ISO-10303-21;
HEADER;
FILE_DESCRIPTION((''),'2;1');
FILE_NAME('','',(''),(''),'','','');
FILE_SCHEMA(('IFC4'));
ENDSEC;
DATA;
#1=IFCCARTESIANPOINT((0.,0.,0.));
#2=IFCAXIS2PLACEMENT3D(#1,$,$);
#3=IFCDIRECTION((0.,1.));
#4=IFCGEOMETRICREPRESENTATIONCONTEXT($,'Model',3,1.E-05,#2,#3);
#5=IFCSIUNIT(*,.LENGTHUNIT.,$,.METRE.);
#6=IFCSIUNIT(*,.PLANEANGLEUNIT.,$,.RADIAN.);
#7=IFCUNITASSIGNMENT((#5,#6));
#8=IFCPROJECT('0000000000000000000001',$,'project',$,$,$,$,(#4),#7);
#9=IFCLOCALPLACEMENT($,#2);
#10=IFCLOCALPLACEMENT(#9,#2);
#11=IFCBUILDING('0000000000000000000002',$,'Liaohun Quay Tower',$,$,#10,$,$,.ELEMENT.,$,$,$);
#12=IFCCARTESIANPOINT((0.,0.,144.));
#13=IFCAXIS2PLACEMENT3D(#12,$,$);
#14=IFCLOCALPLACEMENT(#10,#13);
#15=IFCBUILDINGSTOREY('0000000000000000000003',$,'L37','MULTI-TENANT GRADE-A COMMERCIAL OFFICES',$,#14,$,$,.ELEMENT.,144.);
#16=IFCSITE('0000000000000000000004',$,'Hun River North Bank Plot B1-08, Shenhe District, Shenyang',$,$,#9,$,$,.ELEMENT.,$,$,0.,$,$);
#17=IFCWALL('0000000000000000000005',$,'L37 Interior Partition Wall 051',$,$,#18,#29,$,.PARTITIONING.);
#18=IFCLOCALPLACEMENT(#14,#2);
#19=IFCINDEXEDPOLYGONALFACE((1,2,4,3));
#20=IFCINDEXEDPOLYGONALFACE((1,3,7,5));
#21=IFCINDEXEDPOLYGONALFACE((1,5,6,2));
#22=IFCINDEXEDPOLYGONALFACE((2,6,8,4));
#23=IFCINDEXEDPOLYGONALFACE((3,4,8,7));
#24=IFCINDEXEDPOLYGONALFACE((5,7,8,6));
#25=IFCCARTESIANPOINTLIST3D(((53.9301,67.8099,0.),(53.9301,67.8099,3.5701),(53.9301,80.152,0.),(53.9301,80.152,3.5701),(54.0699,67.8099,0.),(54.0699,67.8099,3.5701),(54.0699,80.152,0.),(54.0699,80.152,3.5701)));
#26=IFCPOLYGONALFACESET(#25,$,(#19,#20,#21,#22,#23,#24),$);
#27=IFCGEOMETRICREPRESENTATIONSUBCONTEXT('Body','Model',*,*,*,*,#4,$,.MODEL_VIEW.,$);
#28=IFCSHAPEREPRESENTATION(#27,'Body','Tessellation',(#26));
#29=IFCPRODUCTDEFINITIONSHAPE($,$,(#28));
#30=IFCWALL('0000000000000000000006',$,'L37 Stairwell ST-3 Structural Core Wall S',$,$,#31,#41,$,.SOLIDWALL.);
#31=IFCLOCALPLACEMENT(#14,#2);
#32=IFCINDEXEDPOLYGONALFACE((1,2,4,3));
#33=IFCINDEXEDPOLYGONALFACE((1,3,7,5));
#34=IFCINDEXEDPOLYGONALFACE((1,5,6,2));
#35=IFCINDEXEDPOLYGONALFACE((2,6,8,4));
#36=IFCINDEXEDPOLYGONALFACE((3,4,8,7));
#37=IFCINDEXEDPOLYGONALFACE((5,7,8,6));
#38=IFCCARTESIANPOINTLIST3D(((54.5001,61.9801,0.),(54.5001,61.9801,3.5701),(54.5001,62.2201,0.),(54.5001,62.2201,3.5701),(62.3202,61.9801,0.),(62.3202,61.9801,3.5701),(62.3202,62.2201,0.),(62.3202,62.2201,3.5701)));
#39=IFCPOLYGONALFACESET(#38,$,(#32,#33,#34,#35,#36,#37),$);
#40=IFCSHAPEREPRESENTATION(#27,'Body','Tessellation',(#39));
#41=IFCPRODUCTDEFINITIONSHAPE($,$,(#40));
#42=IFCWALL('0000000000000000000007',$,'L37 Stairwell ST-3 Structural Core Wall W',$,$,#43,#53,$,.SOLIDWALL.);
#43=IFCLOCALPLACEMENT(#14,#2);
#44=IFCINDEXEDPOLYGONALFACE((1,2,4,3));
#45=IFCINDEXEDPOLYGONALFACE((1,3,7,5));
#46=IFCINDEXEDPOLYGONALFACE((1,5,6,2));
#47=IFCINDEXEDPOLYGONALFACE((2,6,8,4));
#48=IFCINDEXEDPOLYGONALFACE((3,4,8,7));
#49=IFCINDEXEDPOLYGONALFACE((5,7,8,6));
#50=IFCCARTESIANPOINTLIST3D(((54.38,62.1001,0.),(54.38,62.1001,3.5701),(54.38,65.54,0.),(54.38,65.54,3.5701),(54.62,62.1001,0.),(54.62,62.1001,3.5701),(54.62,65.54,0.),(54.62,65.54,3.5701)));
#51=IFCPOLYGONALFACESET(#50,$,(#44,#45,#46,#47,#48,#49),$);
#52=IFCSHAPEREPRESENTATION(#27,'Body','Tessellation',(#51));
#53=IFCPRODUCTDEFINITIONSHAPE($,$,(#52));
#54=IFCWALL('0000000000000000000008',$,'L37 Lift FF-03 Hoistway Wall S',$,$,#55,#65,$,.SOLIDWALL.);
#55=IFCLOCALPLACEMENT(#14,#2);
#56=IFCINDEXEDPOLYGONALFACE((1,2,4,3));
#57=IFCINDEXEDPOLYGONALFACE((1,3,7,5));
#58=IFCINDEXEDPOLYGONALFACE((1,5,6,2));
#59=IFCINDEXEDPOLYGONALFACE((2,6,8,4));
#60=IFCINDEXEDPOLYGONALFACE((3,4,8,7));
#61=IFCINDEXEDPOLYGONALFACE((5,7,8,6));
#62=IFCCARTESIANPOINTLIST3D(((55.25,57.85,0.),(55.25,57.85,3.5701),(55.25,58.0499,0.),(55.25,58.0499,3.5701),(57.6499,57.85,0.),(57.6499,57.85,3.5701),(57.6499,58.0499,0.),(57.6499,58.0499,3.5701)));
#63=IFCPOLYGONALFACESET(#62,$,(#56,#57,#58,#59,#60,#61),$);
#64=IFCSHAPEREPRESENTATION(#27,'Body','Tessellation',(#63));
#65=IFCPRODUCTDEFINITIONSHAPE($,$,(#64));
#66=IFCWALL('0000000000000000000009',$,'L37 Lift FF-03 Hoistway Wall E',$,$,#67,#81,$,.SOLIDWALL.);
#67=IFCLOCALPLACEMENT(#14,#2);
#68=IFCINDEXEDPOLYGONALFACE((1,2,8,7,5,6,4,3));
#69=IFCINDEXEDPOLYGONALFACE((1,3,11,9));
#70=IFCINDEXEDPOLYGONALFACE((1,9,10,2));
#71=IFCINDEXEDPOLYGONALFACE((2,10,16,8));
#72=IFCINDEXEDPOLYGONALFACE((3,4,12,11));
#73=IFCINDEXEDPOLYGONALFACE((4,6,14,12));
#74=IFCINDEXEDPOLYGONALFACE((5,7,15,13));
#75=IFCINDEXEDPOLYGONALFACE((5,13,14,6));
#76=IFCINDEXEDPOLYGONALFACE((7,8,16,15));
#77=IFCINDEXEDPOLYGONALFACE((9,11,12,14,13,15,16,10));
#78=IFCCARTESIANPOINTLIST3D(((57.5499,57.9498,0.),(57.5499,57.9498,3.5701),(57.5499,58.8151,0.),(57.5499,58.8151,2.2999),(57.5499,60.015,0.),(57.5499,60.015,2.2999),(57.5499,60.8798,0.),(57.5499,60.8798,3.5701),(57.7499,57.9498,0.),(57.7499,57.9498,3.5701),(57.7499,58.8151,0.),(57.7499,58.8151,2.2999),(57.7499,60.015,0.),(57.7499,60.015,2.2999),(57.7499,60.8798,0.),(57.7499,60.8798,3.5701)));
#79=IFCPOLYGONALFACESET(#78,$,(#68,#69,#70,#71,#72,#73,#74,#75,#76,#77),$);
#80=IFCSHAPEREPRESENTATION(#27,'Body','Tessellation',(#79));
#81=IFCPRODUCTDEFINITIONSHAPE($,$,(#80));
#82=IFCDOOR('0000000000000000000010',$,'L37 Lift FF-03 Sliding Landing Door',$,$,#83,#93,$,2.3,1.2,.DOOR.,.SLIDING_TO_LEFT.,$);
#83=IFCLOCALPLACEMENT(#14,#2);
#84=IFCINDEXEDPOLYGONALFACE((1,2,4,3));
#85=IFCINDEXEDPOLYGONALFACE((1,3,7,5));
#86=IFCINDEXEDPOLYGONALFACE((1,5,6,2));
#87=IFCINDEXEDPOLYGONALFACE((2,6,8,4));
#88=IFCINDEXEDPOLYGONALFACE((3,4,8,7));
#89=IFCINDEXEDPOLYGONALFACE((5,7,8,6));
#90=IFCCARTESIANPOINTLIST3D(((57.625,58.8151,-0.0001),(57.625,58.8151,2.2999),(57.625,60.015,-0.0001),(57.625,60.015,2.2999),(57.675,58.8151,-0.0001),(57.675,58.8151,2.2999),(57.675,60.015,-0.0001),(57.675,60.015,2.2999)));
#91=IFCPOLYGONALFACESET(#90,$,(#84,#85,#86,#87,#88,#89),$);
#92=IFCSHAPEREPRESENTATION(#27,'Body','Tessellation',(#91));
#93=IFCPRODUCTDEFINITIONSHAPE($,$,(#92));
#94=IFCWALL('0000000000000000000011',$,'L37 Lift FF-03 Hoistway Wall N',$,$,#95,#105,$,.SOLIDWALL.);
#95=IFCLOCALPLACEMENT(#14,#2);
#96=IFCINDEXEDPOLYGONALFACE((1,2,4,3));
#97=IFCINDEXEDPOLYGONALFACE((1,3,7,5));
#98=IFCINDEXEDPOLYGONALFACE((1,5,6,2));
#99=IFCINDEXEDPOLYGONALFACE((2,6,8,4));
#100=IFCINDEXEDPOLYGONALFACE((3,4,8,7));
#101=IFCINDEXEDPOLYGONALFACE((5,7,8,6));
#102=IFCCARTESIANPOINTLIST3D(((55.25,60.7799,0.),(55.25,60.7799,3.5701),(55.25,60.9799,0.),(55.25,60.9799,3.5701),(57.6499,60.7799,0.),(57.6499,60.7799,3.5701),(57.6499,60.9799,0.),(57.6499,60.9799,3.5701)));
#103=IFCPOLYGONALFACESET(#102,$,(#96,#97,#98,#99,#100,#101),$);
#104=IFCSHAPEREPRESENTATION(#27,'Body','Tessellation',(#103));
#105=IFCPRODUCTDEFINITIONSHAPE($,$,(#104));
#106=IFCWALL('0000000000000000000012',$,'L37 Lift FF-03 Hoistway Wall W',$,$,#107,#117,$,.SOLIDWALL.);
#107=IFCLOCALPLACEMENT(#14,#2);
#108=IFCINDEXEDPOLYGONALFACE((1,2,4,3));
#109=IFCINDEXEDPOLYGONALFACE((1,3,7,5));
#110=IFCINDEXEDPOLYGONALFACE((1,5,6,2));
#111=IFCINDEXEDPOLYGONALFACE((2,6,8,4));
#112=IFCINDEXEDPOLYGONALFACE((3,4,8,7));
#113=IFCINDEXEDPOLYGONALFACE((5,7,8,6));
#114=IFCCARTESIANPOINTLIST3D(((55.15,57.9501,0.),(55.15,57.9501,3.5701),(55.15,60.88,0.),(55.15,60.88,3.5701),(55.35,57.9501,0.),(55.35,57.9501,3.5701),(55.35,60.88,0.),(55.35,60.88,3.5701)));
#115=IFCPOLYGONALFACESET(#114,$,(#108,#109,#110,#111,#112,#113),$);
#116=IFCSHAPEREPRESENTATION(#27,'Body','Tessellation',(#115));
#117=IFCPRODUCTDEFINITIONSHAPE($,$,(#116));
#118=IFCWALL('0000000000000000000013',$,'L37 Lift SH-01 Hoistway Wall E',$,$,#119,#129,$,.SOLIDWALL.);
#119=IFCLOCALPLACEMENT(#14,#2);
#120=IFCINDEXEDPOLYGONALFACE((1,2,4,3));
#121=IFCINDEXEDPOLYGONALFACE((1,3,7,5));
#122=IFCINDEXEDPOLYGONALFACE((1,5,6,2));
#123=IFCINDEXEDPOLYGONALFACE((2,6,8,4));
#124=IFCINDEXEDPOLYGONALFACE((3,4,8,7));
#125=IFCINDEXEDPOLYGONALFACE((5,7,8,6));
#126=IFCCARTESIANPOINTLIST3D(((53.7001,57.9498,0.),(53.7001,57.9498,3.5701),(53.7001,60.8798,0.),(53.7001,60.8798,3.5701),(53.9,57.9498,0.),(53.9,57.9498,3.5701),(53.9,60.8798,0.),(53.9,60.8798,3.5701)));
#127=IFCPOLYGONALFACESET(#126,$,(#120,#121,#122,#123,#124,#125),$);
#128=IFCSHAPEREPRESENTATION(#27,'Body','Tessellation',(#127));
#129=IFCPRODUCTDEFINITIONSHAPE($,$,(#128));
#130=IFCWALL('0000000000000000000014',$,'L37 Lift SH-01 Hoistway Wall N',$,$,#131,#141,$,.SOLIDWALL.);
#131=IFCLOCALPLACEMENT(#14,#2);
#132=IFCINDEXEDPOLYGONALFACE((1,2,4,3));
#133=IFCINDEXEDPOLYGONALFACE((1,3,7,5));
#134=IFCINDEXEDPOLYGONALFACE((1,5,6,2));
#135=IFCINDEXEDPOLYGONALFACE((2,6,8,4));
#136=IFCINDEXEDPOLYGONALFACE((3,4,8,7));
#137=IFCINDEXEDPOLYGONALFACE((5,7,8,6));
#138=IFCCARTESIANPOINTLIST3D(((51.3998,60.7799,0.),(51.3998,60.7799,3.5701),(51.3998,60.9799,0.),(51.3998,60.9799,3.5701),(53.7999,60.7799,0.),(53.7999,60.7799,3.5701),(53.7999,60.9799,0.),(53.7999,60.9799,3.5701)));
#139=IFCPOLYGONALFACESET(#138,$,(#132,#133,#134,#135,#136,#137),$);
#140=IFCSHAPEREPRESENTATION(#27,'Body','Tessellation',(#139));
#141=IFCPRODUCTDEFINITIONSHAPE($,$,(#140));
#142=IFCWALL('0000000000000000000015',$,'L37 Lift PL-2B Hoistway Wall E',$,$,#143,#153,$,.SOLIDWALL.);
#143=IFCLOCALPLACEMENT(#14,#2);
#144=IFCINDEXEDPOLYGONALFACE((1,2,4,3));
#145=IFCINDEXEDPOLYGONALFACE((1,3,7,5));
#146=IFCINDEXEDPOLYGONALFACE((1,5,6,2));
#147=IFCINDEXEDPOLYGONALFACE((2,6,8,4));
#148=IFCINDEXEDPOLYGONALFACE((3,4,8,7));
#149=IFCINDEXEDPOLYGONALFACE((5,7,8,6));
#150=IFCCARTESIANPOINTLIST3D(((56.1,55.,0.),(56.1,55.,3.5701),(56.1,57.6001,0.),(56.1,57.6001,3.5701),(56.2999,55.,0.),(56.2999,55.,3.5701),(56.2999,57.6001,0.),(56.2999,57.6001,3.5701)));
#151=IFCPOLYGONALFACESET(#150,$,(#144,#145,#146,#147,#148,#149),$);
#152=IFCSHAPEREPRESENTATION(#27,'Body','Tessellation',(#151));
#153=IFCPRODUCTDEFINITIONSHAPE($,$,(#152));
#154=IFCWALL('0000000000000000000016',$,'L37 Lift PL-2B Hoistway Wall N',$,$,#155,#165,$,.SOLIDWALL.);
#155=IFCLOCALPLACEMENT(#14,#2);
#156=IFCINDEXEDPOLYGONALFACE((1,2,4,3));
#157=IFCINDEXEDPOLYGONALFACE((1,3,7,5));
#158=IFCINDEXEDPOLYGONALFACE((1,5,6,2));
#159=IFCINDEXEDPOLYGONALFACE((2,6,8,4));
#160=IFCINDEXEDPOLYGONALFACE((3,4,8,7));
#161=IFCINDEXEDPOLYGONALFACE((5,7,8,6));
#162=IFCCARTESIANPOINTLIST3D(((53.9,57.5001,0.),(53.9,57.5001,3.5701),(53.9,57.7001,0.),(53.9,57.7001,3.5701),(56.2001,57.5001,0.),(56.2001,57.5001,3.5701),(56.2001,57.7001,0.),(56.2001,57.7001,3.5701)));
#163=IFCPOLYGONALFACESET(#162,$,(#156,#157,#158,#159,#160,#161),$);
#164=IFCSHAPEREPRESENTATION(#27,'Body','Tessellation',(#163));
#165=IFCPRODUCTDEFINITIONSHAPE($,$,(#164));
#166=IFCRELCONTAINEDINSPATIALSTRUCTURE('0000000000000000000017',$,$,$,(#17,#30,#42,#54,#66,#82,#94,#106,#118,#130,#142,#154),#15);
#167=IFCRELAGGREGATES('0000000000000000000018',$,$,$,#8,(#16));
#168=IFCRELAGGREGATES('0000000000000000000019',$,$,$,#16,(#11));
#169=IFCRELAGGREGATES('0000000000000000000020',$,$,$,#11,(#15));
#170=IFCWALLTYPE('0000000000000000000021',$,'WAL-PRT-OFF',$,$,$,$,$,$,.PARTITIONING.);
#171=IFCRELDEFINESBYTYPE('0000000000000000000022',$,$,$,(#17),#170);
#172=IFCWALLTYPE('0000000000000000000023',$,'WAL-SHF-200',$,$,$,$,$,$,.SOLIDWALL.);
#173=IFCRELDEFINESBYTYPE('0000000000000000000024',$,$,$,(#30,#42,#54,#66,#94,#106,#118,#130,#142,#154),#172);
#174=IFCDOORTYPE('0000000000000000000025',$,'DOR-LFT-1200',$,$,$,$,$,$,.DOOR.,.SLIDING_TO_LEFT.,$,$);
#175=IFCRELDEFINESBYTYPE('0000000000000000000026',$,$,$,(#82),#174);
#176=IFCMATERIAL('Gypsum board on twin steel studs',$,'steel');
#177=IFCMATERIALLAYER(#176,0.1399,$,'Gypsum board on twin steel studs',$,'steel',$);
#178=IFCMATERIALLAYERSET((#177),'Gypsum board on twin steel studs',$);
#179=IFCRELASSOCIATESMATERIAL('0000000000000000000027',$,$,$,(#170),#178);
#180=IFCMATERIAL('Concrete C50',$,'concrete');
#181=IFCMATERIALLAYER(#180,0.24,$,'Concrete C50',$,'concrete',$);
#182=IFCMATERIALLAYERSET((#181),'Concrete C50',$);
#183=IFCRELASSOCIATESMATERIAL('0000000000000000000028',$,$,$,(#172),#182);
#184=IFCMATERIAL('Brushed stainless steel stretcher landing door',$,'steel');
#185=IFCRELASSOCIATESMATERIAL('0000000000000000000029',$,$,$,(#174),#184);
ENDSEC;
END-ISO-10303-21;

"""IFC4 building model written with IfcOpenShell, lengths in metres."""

from ifc_helpers import new_model, si_unit, direction, frame, frame_2d, origin, place, context, subcontext, project, spatial, rectangle, extrude, source, transform, mapped, material, layer, layer_set, type_object, element, fill, save


model = new_model("IFC4")

# Units and contexts
model_context = context("Model", 3, precision=1e-05, world=origin(), true_north=direction((0.0, 1.0)))
body_context = subcontext(model_context, "Body", "Model", "MODEL_VIEW")
ifc_project = project(units=[si_unit("LENGTHUNIT", "METRE"), si_unit("PLANEANGLEUNIT", "RADIAN")], contexts=[model_context])

# Site, building, storey
site_placement = place(None, origin())
site = spatial("IfcSite", under=ifc_project, at=site_placement, Name="Hun River North Bank Plot B1-08, Shenhe District, Shenyang", CompositionType="ELEMENT", RefElevation=0.0)
building_placement = place(site_placement, origin())
building = spatial("IfcBuilding", under=site, at=building_placement, Name="Liaohun Quay Tower", CompositionType="ELEMENT")
storey_placement = place(building_placement, frame((0.0, 0.0, 144.0)))
storey = spatial("IfcBuildingStorey", under=building, at=storey_placement, Name="L37", Description="MULTI-TENANT GRADE-A COMMERCIAL OFFICES", CompositionType="ELEMENT", Elevation=144.0)

# Walls
ifc_material_1 = material(Name="Gypsum board on twin steel studs", Category="steel")
ifc_layer_1 = layer(ifc_material_1, 0.1399, Name="Gypsum board on twin steel studs", Category="steel")
ifc_layer_set_1 = layer_set([ifc_layer_1], Name="Gypsum board on twin steel studs")
wall_type_1 = type_object("IfcWallType", Name="WAL-PRT-OFF", PredefinedType="PARTITIONING", material=ifc_layer_set_1)
wall_1_placement = place(storey_placement, frame((54.0, 67.8101, 0.0), z_axis=(0.0, 0.0, 1.0), x_axis=(0.0, 1.0, 0.0)))
element("IfcWall", 1, at=wall_1_placement, inside=storey, type_object=wall_type_1, Name="L37 Interior Partition Wall 051", PredefinedType="PARTITIONING", context=body_context, shape_type="SweptSolid", body=[
    extrude(rectangle(XDim=12.342, YDim=0.1399, at=frame_2d((6.1709, 0.0))), origin(), (0.0, 0.0, 1.0), 3.5701),
])
ifc_material_2 = material(Name="Concrete C50", Category="concrete")
ifc_layer_2 = layer(ifc_material_2, 0.24, Name="Concrete C50", Category="concrete")
ifc_layer_set_2 = layer_set([ifc_layer_2], Name="Concrete C50")
wall_type_2 = type_object("IfcWallType", Name="WAL-SHF-200", PredefinedType="SOLIDWALL", material=ifc_layer_set_2)
wall_2_placement = place(storey_placement, frame((54.5, 62.1001, 0.0), z_axis=(0.0, 0.0, 1.0), x_axis=(1.0, 0.0, 0.0)))
element("IfcWall", 2, at=wall_2_placement, inside=storey, type_object=wall_type_2, Name="L37 Stairwell ST-3 Structural Core Wall S", PredefinedType="SOLIDWALL", context=body_context, shape_type="SweptSolid", body=[
    extrude(rectangle(XDim=7.8201, YDim=0.24, at=frame_2d((3.9102, 0.0))), origin(), (0.0, 0.0, 1.0), 3.5701),
])
wall_3_placement = place(storey_placement, frame((54.5, 65.54, 0.0), z_axis=(0.0, 0.0, 1.0), x_axis=(0.0, -1.0, 0.0)))
element("IfcWall", 3, at=wall_3_placement, inside=storey, type_object=wall_type_2, Name="L37 Stairwell ST-3 Structural Core Wall W", PredefinedType="SOLIDWALL", context=body_context, shape_type="SweptSolid", body=[
    extrude(rectangle(XDim=3.4399, YDim=0.24, at=frame_2d((1.72, 0.0))), origin(), (0.0, 0.0, 1.0), 3.5701),
])
wall_4_placement = place(storey_placement, frame((55.25, 57.95, 0.0), z_axis=(0.0, 0.0, 1.0), x_axis=(1.0, 0.0, 0.0)))
element("IfcWall", 4, at=wall_4_placement, inside=storey, type_object=wall_type_2, Name="L37 Lift FF-03 Hoistway Wall S", PredefinedType="SOLIDWALL", context=body_context, shape_type="SweptSolid", body=[
    extrude(rectangle(XDim=2.3999, YDim=0.2, at=frame_2d((1.2, 0.0))), origin(), (0.0, 0.0, 1.0), 3.5701),
])

# Wall, opening, door
wall_5_placement = place(storey_placement, frame((57.6499, 57.95, 0.0), z_axis=(0.0, 0.0, 1.0), x_axis=(0.0, 1.0, 0.0)))
wall_5 = element("IfcWall", 5, at=wall_5_placement, inside=storey, type_object=wall_type_2, Name="L37 Lift FF-03 Hoistway Wall E", PredefinedType="SOLIDWALL", context=body_context, shape_type="SweptSolid", body=[
    extrude(rectangle(XDim=2.9299, YDim=0.2, at=frame_2d((1.4648, 0.0))), origin(), (0.0, 0.0, 1.0), 3.5701),
])
shared_shape_1 = source(origin(), body_context, "Body", "SweptSolid", [
    extrude(rectangle(XDim=1.2, YDim=2.3, at=frame_2d((0.6001, 1.1499))), frame((0.0, 0.1099, 0.0), z_axis=(0.0, -1.0, 0.0), x_axis=(1.0, 0.0, 0.0)), (0.0, 0.0, 1.0), 0.22),
])
opening_1_placement = place(wall_5_placement, frame((0.865, 0.0, 0.0)))
opening_1 = element("IfcOpeningElement", 6, at=opening_1_placement, cuts=wall_5, PredefinedType="OPENING", context=body_context, shape_type="MappedRepresentation", body=[
    mapped(shared_shape_1, transform((0.0, 0.0, 0.0), x_axis=(1.0, 0.0, 0.0), y_axis=(0.0, 1.0, 0.0), z_axis=(0.0, 0.0, 1.0), scale=1.0)),
])
ifc_material_3 = material(Name="Brushed stainless steel stretcher landing door", Category="steel")
door_type_1 = type_object("IfcDoorType", Name="DOR-LFT-1200", OperationType="SLIDING_TO_LEFT", PredefinedType="DOOR", material=ifc_material_3)
shared_shape_2 = source(origin(), body_context, "Body", "SweptSolid", [
    extrude(rectangle(XDim=1.2, YDim=2.3, at=frame_2d((0.6001, 1.1499))), frame((0.0, 0.0249, 0.0), z_axis=(0.0, -1.0, 0.0), x_axis=(1.0, 0.0, 0.0)), (0.0, 0.0, 1.0), 0.05),
])
door_1_placement = place(opening_1_placement, origin())
door_1 = element("IfcDoor", 7, at=door_1_placement, inside=storey, type_object=door_type_1, Name="L37 Lift FF-03 Sliding Landing Door", OperationType="SLIDING_TO_LEFT", OverallHeight=2.3, OverallWidth=1.2, PredefinedType="DOOR", context=body_context, shape_type="MappedRepresentation", body=[
    mapped(shared_shape_2, transform((0.0, 0.0, 0.0), x_axis=(1.0, 0.0, 0.0), y_axis=(0.0, 1.0, 0.0), z_axis=(0.0, 0.0, 1.0), scale=1.0)),
])
fill(opening_1, door_1)

# Walls
wall_6_placement = place(storey_placement, frame((57.6499, 60.8799, 0.0), z_axis=(0.0, 0.0, 1.0), x_axis=(-1.0, 0.0, 0.0)))
element("IfcWall", 8, at=wall_6_placement, inside=storey, type_object=wall_type_2, Name="L37 Lift FF-03 Hoistway Wall N", PredefinedType="SOLIDWALL", context=body_context, shape_type="SweptSolid", body=[
    extrude(rectangle(XDim=2.3999, YDim=0.2, at=frame_2d((1.2, 0.0))), origin(), (0.0, 0.0, 1.0), 3.5701),
])
for number, where, z_axis, x_axis, name in (
    (9, (55.25, 60.8799, 0.0), (0.0, 0.0, 1.0), (0.0, -1.0, 0.0), "L37 Lift FF-03 Hoistway Wall W"),
    (10, (53.8, 57.95, 0.0), (0.0, 0.0, 1.0), (0.0, 1.0, 0.0), "L37 Lift SH-01 Hoistway Wall E"),
):
    element("IfcWall", number, at=place(storey_placement, frame(where, z_axis=z_axis, x_axis=x_axis)), inside=storey, type_object=wall_type_2, Name=name, PredefinedType="SOLIDWALL", context=body_context, shape_type="SweptSolid", body=[
        extrude(rectangle(XDim=2.9299, YDim=0.2, at=frame_2d((1.4648, 0.0))), origin(), (0.0, 0.0, 1.0), 3.5701),
    ])
wall_7_placement = place(storey_placement, frame((53.8, 60.8799, 0.0), z_axis=(0.0, 0.0, 1.0), x_axis=(-1.0, 0.0, 0.0)))
element("IfcWall", 11, at=wall_7_placement, inside=storey, type_object=wall_type_2, Name="L37 Lift SH-01 Hoistway Wall N", PredefinedType="SOLIDWALL", context=body_context, shape_type="SweptSolid", body=[
    extrude(rectangle(XDim=2.4001, YDim=0.2, at=frame_2d((1.2002, 0.0))), origin(), (0.0, 0.0, 1.0), 3.5701),
])
wall_8_placement = place(storey_placement, frame((56.2, 55.0, 0.0), z_axis=(0.0, 0.0, 1.0), x_axis=(0.0, 1.0, 0.0)))
element("IfcWall", 12, at=wall_8_placement, inside=storey, type_object=wall_type_2, Name="L37 Lift PL-2B Hoistway Wall E", PredefinedType="SOLIDWALL", context=body_context, shape_type="SweptSolid", body=[
    extrude(rectangle(XDim=2.6001, YDim=0.2, at=frame_2d((1.3, 0.0))), origin(), (0.0, 0.0, 1.0), 3.5701),
])
wall_9_placement = place(storey_placement, frame((56.2, 57.6001, 0.0), z_axis=(0.0, 0.0, 1.0), x_axis=(-1.0, 0.0, 0.0)))
element("IfcWall", 13, at=wall_9_placement, inside=storey, type_object=wall_type_2, Name="L37 Lift PL-2B Hoistway Wall N", PredefinedType="SOLIDWALL", context=body_context, shape_type="SweptSolid", body=[
    extrude(rectangle(XDim=2.3, YDim=0.2, at=frame_2d((1.1499, 0.0))), origin(), (0.0, 0.0, 1.0), 3.5701),
])

save(model, "model.ifc")
